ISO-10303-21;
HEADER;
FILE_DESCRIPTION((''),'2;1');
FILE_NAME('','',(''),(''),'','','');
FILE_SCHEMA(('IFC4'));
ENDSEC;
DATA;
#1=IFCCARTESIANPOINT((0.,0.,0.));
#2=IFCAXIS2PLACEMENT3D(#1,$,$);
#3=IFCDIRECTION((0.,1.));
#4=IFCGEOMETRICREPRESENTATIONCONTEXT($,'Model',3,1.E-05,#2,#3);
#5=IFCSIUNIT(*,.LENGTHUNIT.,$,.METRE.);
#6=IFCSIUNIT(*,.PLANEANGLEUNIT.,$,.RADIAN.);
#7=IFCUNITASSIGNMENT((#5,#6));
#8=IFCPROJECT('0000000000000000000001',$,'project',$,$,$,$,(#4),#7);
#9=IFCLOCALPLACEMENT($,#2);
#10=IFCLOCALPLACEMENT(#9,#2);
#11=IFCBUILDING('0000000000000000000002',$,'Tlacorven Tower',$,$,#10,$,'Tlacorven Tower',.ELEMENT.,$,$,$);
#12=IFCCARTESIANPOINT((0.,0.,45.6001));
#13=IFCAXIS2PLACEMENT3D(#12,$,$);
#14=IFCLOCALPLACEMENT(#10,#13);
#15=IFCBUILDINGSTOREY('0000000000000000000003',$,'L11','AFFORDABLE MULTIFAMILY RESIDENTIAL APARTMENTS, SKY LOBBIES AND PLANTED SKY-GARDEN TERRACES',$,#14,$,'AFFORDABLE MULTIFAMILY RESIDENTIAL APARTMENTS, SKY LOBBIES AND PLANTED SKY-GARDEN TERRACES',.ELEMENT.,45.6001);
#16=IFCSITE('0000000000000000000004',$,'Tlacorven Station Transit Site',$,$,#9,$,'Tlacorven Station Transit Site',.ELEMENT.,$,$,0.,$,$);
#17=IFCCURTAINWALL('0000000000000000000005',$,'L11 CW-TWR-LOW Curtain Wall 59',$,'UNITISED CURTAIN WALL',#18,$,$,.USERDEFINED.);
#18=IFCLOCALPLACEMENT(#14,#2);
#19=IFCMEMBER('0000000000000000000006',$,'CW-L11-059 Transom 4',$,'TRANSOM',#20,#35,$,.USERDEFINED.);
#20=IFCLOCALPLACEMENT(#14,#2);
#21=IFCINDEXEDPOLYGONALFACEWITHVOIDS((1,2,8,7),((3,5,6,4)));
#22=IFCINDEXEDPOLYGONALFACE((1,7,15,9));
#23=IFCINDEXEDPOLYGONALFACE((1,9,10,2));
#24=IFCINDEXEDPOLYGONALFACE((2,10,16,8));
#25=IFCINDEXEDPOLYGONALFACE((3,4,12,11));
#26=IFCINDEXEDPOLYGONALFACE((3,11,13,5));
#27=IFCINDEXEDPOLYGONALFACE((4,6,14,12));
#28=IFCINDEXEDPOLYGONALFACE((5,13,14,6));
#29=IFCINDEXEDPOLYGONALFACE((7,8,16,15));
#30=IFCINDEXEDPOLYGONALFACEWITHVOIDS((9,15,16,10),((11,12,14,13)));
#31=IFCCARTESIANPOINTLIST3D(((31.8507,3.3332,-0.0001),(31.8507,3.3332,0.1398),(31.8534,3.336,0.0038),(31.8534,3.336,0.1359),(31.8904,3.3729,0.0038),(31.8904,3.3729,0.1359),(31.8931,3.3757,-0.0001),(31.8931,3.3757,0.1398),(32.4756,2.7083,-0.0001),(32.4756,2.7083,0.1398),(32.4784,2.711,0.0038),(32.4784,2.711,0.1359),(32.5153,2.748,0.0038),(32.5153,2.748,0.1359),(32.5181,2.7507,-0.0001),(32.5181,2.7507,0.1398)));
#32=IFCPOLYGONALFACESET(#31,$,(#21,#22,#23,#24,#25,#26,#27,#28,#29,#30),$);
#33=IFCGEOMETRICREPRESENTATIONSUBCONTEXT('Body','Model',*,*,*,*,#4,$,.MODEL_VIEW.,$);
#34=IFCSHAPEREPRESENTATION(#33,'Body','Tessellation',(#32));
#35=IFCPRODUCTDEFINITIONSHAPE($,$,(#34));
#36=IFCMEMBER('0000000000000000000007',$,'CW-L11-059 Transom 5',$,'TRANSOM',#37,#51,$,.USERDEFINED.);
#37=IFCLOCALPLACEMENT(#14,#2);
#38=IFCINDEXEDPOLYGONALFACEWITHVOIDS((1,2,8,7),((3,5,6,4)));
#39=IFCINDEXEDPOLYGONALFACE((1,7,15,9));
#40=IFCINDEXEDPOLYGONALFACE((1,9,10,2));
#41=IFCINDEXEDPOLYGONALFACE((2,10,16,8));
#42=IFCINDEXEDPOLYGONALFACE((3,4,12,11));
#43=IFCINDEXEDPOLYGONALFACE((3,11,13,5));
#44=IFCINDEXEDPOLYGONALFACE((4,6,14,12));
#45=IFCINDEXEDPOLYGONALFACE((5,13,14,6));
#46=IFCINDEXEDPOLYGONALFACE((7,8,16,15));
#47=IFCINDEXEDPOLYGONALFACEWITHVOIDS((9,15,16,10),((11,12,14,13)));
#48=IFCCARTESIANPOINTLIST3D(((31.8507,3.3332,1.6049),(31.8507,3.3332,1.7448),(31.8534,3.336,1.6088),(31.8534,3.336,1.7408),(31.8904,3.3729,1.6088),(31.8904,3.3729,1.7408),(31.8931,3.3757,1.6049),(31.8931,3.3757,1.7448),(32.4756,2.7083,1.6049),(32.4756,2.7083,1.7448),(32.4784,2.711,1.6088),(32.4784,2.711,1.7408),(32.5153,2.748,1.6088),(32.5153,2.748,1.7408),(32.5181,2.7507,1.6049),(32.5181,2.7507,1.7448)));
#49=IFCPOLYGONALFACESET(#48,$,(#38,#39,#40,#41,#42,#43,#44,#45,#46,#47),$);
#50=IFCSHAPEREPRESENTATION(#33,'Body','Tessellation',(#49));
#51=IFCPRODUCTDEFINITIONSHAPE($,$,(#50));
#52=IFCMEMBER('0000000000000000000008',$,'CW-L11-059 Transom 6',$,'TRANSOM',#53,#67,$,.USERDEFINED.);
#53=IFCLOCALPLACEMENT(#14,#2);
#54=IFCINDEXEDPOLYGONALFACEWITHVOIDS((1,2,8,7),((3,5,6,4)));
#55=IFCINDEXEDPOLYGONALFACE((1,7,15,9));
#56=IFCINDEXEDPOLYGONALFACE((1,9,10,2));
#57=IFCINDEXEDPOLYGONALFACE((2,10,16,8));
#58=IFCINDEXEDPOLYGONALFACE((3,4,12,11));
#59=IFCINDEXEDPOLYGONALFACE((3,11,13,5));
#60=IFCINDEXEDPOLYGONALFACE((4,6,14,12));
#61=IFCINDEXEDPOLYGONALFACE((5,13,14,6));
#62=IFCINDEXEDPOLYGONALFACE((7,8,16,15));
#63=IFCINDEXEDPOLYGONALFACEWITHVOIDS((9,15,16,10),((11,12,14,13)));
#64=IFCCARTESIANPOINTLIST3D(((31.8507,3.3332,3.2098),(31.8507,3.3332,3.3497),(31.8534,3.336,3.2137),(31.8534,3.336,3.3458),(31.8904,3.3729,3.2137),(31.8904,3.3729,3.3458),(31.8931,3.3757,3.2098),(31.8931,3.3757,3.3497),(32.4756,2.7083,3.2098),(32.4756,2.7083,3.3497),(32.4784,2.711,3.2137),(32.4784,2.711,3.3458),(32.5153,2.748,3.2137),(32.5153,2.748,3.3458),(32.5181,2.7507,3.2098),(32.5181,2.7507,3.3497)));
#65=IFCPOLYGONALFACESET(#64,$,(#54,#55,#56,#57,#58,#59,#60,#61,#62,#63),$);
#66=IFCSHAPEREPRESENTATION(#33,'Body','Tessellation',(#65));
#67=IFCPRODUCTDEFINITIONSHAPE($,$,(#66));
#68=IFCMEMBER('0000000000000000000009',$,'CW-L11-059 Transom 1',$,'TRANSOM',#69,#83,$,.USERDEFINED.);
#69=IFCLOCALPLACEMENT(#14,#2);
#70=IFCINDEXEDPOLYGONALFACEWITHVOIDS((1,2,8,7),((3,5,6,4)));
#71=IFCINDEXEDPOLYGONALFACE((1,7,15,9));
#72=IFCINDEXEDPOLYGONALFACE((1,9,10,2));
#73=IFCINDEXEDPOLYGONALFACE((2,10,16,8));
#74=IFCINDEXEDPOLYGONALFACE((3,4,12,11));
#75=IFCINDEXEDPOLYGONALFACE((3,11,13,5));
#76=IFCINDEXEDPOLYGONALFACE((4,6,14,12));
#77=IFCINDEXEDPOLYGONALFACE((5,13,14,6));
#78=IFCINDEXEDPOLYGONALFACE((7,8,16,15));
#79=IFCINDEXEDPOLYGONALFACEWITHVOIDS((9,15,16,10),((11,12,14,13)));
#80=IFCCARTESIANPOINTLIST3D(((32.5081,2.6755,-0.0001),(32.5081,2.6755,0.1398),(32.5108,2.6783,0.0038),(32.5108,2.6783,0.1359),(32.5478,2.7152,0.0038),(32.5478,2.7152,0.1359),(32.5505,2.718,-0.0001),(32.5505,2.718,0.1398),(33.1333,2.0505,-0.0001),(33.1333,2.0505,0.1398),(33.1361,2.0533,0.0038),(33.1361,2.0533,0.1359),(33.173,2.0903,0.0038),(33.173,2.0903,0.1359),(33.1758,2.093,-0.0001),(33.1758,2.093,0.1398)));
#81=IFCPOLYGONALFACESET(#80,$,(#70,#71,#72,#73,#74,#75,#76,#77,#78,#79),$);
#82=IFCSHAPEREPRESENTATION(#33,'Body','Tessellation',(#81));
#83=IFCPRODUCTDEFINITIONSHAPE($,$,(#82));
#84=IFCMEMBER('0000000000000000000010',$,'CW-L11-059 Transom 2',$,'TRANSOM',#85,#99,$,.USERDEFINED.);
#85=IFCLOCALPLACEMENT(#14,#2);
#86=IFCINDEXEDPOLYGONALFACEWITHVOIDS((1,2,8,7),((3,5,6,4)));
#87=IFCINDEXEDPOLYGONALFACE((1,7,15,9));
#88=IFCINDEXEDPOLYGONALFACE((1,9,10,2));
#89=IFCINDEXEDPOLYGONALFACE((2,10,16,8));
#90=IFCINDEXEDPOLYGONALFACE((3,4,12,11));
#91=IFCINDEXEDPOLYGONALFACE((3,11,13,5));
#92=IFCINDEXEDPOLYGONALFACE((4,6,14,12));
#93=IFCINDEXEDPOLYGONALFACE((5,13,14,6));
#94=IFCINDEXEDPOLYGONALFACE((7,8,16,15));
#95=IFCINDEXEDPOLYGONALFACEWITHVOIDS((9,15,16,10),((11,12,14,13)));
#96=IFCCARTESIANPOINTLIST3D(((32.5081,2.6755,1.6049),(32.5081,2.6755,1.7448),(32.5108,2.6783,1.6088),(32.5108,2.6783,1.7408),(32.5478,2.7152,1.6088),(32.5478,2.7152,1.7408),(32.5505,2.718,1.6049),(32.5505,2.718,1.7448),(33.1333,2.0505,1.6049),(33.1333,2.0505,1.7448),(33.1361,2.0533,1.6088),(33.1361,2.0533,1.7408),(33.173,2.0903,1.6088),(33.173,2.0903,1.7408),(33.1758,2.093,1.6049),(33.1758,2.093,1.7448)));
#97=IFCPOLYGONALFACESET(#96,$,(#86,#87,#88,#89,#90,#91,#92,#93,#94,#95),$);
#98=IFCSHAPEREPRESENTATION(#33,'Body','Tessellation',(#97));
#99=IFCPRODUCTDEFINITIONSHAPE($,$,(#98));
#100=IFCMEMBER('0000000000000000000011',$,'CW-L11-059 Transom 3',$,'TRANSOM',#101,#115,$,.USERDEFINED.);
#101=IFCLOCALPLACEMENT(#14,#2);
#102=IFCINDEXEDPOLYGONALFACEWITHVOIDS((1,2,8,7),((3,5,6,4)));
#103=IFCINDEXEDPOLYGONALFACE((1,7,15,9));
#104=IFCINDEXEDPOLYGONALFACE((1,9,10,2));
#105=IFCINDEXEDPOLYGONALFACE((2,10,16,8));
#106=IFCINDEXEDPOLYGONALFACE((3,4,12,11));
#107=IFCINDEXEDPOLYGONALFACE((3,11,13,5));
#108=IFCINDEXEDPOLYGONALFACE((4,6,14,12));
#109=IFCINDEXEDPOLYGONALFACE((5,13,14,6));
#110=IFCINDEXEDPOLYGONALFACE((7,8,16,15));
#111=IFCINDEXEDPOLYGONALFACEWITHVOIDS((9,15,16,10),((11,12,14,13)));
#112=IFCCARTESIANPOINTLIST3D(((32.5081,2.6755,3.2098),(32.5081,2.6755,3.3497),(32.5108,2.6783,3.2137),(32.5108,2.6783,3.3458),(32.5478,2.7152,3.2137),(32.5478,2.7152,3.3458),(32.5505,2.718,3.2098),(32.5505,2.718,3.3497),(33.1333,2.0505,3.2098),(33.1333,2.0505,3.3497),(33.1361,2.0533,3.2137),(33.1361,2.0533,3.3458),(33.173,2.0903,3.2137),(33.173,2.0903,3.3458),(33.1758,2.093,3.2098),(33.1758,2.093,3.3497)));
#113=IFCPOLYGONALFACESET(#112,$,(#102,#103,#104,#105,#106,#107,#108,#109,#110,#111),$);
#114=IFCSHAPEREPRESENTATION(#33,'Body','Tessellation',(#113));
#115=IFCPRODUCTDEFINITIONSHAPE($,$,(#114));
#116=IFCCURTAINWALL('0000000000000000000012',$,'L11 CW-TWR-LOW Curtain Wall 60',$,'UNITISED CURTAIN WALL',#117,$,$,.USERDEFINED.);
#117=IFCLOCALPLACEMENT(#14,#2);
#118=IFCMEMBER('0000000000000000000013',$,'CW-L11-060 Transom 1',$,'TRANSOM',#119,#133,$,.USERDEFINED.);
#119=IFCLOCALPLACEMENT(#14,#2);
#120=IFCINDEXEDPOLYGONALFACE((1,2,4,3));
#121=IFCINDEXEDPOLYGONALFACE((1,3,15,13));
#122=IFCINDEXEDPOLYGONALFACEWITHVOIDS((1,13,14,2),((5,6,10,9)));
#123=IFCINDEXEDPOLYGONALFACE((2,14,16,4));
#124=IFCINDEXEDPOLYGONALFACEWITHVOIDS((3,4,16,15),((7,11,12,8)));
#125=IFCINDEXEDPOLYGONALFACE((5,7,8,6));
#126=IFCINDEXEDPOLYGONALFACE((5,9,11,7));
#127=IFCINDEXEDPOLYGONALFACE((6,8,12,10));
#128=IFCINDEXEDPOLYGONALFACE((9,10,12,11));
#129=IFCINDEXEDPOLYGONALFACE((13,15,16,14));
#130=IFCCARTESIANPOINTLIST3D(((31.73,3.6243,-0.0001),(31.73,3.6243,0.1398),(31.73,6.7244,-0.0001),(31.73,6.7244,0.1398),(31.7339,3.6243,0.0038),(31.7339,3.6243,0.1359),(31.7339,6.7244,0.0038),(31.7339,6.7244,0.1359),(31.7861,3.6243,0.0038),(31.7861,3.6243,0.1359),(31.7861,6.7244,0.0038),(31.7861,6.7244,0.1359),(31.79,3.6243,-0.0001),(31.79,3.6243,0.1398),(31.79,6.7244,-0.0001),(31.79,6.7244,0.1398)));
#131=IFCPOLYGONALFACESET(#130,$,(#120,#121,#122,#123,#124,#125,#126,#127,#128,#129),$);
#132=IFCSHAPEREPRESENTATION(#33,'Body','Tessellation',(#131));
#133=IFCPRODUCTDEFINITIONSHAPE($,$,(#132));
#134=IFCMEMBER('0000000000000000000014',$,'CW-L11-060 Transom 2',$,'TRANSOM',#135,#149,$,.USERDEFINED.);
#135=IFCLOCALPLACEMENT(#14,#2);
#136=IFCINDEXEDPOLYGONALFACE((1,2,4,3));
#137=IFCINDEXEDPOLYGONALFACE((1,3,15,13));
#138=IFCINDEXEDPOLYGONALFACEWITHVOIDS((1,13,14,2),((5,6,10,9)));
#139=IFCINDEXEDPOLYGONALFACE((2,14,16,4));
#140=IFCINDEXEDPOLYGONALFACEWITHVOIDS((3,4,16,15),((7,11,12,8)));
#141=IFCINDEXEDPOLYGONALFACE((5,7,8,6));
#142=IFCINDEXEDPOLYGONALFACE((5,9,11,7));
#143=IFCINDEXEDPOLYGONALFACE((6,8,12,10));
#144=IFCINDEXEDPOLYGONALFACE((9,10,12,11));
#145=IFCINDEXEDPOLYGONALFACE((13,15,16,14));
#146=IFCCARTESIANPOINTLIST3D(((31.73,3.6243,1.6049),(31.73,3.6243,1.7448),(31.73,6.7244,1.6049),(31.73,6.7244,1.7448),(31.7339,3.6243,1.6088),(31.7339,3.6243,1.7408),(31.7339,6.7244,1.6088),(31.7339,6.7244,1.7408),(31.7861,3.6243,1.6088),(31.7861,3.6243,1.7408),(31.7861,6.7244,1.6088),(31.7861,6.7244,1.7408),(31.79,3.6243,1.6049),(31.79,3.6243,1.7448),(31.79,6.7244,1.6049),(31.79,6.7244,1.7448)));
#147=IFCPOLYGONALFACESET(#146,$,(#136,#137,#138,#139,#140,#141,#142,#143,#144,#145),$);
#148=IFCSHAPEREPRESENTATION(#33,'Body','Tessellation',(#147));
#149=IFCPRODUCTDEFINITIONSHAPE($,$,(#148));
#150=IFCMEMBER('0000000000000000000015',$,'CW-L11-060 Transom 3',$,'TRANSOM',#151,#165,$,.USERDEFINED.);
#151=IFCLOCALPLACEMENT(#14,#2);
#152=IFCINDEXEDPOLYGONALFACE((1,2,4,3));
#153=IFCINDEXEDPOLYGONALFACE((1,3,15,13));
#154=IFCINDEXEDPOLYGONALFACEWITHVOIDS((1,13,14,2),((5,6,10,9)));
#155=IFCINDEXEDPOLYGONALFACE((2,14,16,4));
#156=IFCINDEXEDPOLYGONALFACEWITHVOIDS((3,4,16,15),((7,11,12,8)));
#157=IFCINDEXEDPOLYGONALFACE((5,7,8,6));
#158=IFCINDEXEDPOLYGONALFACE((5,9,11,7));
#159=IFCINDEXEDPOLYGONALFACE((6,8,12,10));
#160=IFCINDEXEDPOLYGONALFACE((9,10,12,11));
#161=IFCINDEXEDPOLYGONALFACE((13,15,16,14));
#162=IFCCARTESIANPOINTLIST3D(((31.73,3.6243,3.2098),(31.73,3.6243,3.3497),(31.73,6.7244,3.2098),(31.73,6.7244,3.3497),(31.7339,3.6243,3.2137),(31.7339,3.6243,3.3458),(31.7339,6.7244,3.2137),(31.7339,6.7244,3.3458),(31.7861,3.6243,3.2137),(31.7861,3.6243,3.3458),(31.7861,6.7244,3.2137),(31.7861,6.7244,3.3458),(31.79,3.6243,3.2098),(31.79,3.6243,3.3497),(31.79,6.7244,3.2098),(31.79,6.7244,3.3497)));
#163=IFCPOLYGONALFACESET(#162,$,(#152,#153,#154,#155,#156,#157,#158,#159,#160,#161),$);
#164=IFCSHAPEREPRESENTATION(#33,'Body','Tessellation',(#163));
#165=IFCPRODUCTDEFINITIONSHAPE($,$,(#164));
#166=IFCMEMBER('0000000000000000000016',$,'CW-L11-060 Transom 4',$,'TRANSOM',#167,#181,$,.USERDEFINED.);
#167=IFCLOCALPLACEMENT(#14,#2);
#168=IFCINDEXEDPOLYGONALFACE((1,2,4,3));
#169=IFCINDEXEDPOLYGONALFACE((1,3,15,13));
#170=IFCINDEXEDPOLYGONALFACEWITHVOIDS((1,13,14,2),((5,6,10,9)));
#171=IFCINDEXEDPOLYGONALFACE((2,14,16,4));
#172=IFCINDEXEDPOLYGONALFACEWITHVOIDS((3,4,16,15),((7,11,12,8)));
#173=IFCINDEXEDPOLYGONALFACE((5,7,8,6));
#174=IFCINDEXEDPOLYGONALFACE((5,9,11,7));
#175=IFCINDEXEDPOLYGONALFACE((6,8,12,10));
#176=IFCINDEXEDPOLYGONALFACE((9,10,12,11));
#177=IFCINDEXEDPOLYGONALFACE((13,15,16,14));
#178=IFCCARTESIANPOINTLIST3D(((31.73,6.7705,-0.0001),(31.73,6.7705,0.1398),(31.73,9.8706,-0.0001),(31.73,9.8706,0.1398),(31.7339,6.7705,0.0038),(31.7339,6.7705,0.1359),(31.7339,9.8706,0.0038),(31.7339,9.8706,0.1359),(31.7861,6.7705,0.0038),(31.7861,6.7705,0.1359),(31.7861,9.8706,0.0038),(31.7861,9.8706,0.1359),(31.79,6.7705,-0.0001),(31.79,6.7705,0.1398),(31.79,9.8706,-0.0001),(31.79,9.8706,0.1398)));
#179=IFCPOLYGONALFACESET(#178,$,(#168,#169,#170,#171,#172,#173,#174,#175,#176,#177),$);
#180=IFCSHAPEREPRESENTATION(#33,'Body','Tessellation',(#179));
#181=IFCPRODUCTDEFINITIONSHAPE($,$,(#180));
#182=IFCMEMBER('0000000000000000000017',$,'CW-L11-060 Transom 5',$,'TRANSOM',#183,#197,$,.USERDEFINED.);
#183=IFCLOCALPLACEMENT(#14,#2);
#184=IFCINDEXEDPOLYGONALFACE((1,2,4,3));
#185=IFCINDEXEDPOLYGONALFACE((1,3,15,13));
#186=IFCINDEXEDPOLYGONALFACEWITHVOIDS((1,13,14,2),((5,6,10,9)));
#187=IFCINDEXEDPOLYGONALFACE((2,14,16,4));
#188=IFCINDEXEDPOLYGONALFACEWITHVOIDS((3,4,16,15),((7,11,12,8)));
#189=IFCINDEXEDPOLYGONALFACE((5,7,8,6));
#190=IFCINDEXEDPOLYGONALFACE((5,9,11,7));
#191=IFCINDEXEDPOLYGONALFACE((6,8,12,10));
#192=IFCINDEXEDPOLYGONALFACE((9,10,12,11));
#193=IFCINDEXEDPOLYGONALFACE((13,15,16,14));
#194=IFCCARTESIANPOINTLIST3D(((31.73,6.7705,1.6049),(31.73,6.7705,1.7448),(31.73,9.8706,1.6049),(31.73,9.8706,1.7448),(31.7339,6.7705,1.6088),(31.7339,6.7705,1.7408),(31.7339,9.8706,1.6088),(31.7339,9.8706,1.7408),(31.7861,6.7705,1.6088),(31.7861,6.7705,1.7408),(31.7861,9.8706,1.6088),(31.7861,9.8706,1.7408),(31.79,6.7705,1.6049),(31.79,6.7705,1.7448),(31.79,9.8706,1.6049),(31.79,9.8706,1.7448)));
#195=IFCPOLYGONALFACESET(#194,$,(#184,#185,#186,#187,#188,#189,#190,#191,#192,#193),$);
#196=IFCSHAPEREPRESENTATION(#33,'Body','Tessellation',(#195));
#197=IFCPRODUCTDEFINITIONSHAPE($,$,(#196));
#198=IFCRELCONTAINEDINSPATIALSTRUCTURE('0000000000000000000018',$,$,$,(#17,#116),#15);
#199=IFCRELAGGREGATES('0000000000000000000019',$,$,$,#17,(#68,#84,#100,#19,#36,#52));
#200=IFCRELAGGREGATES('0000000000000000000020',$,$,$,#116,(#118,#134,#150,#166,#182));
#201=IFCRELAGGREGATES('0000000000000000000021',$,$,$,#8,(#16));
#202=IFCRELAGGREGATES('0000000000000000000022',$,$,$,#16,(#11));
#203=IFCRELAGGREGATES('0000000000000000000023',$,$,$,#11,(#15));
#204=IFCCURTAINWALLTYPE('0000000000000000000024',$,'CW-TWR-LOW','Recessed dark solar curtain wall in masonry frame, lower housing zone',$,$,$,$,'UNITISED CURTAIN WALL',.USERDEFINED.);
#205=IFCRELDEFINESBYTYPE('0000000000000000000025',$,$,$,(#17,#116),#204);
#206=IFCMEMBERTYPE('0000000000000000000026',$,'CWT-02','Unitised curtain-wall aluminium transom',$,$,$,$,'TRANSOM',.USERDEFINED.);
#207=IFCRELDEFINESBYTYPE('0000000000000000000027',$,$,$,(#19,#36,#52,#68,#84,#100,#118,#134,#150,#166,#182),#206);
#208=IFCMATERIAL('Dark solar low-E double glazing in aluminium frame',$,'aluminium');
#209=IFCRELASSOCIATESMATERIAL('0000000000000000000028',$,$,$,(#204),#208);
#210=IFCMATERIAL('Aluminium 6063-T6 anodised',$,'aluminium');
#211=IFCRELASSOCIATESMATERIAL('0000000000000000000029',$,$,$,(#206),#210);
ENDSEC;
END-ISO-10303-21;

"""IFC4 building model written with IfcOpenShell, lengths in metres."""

from ifc_helpers import new_model, si_unit, direction, frame, origin, origin_2d, place, context, subcontext, project, spatial, hollow_rectangle, extrude, source, transform, mapped, material, material_profile, profile_set, type_object, element, aggregate, save


model = new_model("IFC4")

# Units and contexts
model_context = context("Model", 3, precision=1e-05, world=origin(), true_north=direction((0.0, 1.0)))
body_context = subcontext(model_context, "Body", "Model", "MODEL_VIEW")
ifc_project = project(units=[si_unit("LENGTHUNIT", "METRE"), si_unit("PLANEANGLEUNIT", "RADIAN")], contexts=[model_context])

# Site, building, storey
site_placement = place(None, origin())
site = spatial("IfcSite", under=ifc_project, at=site_placement, Name="Tlacorven Station Transit Site", LongName="Tlacorven Station Transit Site", CompositionType="ELEMENT", RefElevation=0.0)
building_placement = place(site_placement, origin())
building = spatial("IfcBuilding", under=site, at=building_placement, Name="Tlacorven Tower", LongName="Tlacorven Tower", CompositionType="ELEMENT")
storey_placement = place(building_placement, frame((0.0, 0.0, 45.6001)))
storey = spatial("IfcBuildingStorey", under=building, at=storey_placement, Name="L11", Description="AFFORDABLE MULTIFAMILY RESIDENTIAL APARTMENTS, SKY LOBBIES AND PLANTED SKY-GARDEN TERRACES", LongName="AFFORDABLE MULTIFAMILY RESIDENTIAL APARTMENTS, SKY LOBBIES AND PLANTED SKY-GARDEN TERRACES", CompositionType="ELEMENT", Elevation=45.6001)

# Curtain walls, members
ifc_material_1 = material(Name="Dark solar low-E double glazing in aluminium frame", Category="aluminium")
curtain_wall_type = type_object("IfcCurtainWallType", Name="CW-TWR-LOW", Description="Recessed dark solar curtain wall in masonry frame, lower housing zone", ElementType="UNITISED CURTAIN WALL", PredefinedType="USERDEFINED", material=ifc_material_1)
curtain_wall_1_placement = place(storey_placement, origin())
curtain_wall_1 = element("IfcCurtainWall", 1, at=curtain_wall_1_placement, inside=storey, type_object=curtain_wall_type, Name="L11 CW-TWR-LOW Curtain Wall 59", ObjectType="UNITISED CURTAIN WALL", PredefinedType="USERDEFINED")
ifc_material_2 = material(Name="Aluminium 6063-T6 anodised", Category="aluminium")
ifc_material_profile_1 = material_profile(ifc_material_2, hollow_rectangle(XDim=0.0601, YDim=0.1399, WallThickness=0.0039, at=origin_2d()), Name="ALU TRANSOM 60X140")
ifc_profile_set_1 = profile_set([ifc_material_profile_1], Name="Aluminium 6063-T6 anodised")
member_type_1 = type_object("IfcMemberType", Name="CWT-02", Description="Unitised curtain-wall aluminium transom", ElementType="TRANSOM", PredefinedType="USERDEFINED", material=ifc_profile_set_1)
shared_shape_1 = source(origin(), body_context, "Body", "SweptSolid", [
    extrude(hollow_rectangle(XDim=0.0601, YDim=0.1399, WallThickness=0.0039, at=origin_2d()), origin(), (0.0, 0.0, 1.0), 0.8838),
])
member_1_placement = place(storey_placement, frame((32.4968, 2.7295, 0.0698), z_axis=(-0.707107, 0.707107, 0.0), x_axis=(-0.707107, -0.707107, 0.0)))
member_1 = element("IfcMember", 2, at=member_1_placement, type_object=member_type_1, Name="CW-L11-059 Transom 4", ObjectType="TRANSOM", PredefinedType="USERDEFINED", context=body_context, shape_type="MappedRepresentation", body=[
    mapped(shared_shape_1, transform((0.0, 0.0, 0.0), scale=1.0)),
])
member_2_placement = place(storey_placement, frame((32.4968, 2.7295, 1.6748), z_axis=(-0.707107, 0.707107, 0.0), x_axis=(-0.707107, -0.707107, 0.0)))
member_2 = element("IfcMember", 3, at=member_2_placement, type_object=member_type_1, Name="CW-L11-059 Transom 5", ObjectType="TRANSOM", PredefinedType="USERDEFINED", context=body_context, shape_type="MappedRepresentation", body=[
    mapped(shared_shape_1, transform((0.0, 0.0, 0.0), scale=1.0)),
])
member_3_placement = place(storey_placement, frame((32.4968, 2.7295, 3.2798), z_axis=(-0.707107, 0.707107, 0.0), x_axis=(-0.707107, -0.707107, 0.0)))
member_3 = element("IfcMember", 4, at=member_3_placement, type_object=member_type_1, Name="CW-L11-059 Transom 6", ObjectType="TRANSOM", PredefinedType="USERDEFINED", context=body_context, shape_type="MappedRepresentation", body=[
    mapped(shared_shape_1, transform((0.0, 0.0, 0.0), scale=1.0)),
])
shared_shape_2 = source(origin(), body_context, "Body", "SweptSolid", [
    extrude(hollow_rectangle(XDim=0.0601, YDim=0.1399, WallThickness=0.0039, at=origin_2d()), origin(), (0.0, 0.0, 1.0), 0.884),
])
member_4_placement = place(storey_placement, frame((33.1545, 2.0718, 0.0698), z_axis=(-0.707245, 0.706969, 0.0), x_axis=(-0.706969, -0.707245, 0.0)))
member_4 = element("IfcMember", 5, at=member_4_placement, type_object=member_type_1, Name="CW-L11-059 Transom 1", ObjectType="TRANSOM", PredefinedType="USERDEFINED", context=body_context, shape_type="MappedRepresentation", body=[
    mapped(shared_shape_2, transform((0.0, 0.0, 0.0), scale=1.0)),
])
member_5_placement = place(storey_placement, frame((33.1545, 2.0718, 1.6748), z_axis=(-0.707245, 0.706969, 0.0), x_axis=(-0.706969, -0.707245, 0.0)))
member_5 = element("IfcMember", 6, at=member_5_placement, type_object=member_type_1, Name="CW-L11-059 Transom 2", ObjectType="TRANSOM", PredefinedType="USERDEFINED", context=body_context, shape_type="MappedRepresentation", body=[
    mapped(shared_shape_2, transform((0.0, 0.0, 0.0), scale=1.0)),
])
member_6_placement = place(storey_placement, frame((33.1545, 2.0718, 3.2798), z_axis=(-0.707245, 0.706969, 0.0), x_axis=(-0.706969, -0.707245, 0.0)))
member_6 = element("IfcMember", 7, at=member_6_placement, type_object=member_type_1, Name="CW-L11-059 Transom 3", ObjectType="TRANSOM", PredefinedType="USERDEFINED", context=body_context, shape_type="MappedRepresentation", body=[
    mapped(shared_shape_2, transform((0.0, 0.0, 0.0), scale=1.0)),
])
curtain_wall_2_placement = place(storey_placement, origin())
curtain_wall_2 = element("IfcCurtainWall", 8, at=curtain_wall_2_placement, inside=storey, type_object=curtain_wall_type, Name="L11 CW-TWR-LOW Curtain Wall 60", ObjectType="UNITISED CURTAIN WALL", PredefinedType="USERDEFINED")
shared_shape_3 = source(origin(), body_context, "Body", "SweptSolid", [
    extrude(hollow_rectangle(XDim=0.0601, YDim=0.1399, WallThickness=0.0039, at=origin_2d()), origin(), (0.0, 0.0, 1.0), 3.1001),
])
member_7_placement = place(storey_placement, frame((31.76, 3.6243, 0.0698), z_axis=(0.0, 1.0, 0.0), x_axis=(-1.0, 0.0, 0.0)))
member_7 = element("IfcMember", 9, at=member_7_placement, type_object=member_type_1, Name="CW-L11-060 Transom 1", ObjectType="TRANSOM", PredefinedType="USERDEFINED", context=body_context, shape_type="MappedRepresentation", body=[
    mapped(shared_shape_3, transform((0.0, 0.0, 0.0), scale=1.0)),
])
member_8_placement = place(storey_placement, frame((31.76, 3.6243, 1.6748), z_axis=(0.0, 1.0, 0.0), x_axis=(-1.0, 0.0, 0.0)))
member_8 = element("IfcMember", 10, at=member_8_placement, type_object=member_type_1, Name="CW-L11-060 Transom 2", ObjectType="TRANSOM", PredefinedType="USERDEFINED", context=body_context, shape_type="MappedRepresentation", body=[
    mapped(shared_shape_3, transform((0.0, 0.0, 0.0), scale=1.0)),
])
member_9_placement = place(storey_placement, frame((31.76, 3.6243, 3.2798), z_axis=(0.0, 1.0, 0.0), x_axis=(-1.0, 0.0, 0.0)))
member_9 = element("IfcMember", 11, at=member_9_placement, type_object=member_type_1, Name="CW-L11-060 Transom 3", ObjectType="TRANSOM", PredefinedType="USERDEFINED", context=body_context, shape_type="MappedRepresentation", body=[
    mapped(shared_shape_3, transform((0.0, 0.0, 0.0), scale=1.0)),
])
member_10_placement = place(storey_placement, frame((31.76, 6.7705, 0.0698), z_axis=(0.0, 1.0, 0.0), x_axis=(-1.0, 0.0, 0.0)))
member_10 = element("IfcMember", 12, at=member_10_placement, type_object=member_type_1, Name="CW-L11-060 Transom 4", ObjectType="TRANSOM", PredefinedType="USERDEFINED", context=body_context, shape_type="MappedRepresentation", body=[
    mapped(shared_shape_3, transform((0.0, 0.0, 0.0), scale=1.0)),
])
member_11_placement = place(storey_placement, frame((31.76, 6.7705, 1.6748), z_axis=(0.0, 1.0, 0.0), x_axis=(-1.0, 0.0, 0.0)))
member_11 = element("IfcMember", 13, at=member_11_placement, type_object=member_type_1, Name="CW-L11-060 Transom 5", ObjectType="TRANSOM", PredefinedType="USERDEFINED", context=body_context, shape_type="MappedRepresentation", body=[
    mapped(shared_shape_3, transform((0.0, 0.0, 0.0), scale=1.0)),
])

aggregate(curtain_wall_1, [member_4, member_5, member_6, member_1, member_2, member_3])
aggregate(curtain_wall_2, [member_7, member_8, member_9, member_10, member_11])

save(model, "model.ifc")
